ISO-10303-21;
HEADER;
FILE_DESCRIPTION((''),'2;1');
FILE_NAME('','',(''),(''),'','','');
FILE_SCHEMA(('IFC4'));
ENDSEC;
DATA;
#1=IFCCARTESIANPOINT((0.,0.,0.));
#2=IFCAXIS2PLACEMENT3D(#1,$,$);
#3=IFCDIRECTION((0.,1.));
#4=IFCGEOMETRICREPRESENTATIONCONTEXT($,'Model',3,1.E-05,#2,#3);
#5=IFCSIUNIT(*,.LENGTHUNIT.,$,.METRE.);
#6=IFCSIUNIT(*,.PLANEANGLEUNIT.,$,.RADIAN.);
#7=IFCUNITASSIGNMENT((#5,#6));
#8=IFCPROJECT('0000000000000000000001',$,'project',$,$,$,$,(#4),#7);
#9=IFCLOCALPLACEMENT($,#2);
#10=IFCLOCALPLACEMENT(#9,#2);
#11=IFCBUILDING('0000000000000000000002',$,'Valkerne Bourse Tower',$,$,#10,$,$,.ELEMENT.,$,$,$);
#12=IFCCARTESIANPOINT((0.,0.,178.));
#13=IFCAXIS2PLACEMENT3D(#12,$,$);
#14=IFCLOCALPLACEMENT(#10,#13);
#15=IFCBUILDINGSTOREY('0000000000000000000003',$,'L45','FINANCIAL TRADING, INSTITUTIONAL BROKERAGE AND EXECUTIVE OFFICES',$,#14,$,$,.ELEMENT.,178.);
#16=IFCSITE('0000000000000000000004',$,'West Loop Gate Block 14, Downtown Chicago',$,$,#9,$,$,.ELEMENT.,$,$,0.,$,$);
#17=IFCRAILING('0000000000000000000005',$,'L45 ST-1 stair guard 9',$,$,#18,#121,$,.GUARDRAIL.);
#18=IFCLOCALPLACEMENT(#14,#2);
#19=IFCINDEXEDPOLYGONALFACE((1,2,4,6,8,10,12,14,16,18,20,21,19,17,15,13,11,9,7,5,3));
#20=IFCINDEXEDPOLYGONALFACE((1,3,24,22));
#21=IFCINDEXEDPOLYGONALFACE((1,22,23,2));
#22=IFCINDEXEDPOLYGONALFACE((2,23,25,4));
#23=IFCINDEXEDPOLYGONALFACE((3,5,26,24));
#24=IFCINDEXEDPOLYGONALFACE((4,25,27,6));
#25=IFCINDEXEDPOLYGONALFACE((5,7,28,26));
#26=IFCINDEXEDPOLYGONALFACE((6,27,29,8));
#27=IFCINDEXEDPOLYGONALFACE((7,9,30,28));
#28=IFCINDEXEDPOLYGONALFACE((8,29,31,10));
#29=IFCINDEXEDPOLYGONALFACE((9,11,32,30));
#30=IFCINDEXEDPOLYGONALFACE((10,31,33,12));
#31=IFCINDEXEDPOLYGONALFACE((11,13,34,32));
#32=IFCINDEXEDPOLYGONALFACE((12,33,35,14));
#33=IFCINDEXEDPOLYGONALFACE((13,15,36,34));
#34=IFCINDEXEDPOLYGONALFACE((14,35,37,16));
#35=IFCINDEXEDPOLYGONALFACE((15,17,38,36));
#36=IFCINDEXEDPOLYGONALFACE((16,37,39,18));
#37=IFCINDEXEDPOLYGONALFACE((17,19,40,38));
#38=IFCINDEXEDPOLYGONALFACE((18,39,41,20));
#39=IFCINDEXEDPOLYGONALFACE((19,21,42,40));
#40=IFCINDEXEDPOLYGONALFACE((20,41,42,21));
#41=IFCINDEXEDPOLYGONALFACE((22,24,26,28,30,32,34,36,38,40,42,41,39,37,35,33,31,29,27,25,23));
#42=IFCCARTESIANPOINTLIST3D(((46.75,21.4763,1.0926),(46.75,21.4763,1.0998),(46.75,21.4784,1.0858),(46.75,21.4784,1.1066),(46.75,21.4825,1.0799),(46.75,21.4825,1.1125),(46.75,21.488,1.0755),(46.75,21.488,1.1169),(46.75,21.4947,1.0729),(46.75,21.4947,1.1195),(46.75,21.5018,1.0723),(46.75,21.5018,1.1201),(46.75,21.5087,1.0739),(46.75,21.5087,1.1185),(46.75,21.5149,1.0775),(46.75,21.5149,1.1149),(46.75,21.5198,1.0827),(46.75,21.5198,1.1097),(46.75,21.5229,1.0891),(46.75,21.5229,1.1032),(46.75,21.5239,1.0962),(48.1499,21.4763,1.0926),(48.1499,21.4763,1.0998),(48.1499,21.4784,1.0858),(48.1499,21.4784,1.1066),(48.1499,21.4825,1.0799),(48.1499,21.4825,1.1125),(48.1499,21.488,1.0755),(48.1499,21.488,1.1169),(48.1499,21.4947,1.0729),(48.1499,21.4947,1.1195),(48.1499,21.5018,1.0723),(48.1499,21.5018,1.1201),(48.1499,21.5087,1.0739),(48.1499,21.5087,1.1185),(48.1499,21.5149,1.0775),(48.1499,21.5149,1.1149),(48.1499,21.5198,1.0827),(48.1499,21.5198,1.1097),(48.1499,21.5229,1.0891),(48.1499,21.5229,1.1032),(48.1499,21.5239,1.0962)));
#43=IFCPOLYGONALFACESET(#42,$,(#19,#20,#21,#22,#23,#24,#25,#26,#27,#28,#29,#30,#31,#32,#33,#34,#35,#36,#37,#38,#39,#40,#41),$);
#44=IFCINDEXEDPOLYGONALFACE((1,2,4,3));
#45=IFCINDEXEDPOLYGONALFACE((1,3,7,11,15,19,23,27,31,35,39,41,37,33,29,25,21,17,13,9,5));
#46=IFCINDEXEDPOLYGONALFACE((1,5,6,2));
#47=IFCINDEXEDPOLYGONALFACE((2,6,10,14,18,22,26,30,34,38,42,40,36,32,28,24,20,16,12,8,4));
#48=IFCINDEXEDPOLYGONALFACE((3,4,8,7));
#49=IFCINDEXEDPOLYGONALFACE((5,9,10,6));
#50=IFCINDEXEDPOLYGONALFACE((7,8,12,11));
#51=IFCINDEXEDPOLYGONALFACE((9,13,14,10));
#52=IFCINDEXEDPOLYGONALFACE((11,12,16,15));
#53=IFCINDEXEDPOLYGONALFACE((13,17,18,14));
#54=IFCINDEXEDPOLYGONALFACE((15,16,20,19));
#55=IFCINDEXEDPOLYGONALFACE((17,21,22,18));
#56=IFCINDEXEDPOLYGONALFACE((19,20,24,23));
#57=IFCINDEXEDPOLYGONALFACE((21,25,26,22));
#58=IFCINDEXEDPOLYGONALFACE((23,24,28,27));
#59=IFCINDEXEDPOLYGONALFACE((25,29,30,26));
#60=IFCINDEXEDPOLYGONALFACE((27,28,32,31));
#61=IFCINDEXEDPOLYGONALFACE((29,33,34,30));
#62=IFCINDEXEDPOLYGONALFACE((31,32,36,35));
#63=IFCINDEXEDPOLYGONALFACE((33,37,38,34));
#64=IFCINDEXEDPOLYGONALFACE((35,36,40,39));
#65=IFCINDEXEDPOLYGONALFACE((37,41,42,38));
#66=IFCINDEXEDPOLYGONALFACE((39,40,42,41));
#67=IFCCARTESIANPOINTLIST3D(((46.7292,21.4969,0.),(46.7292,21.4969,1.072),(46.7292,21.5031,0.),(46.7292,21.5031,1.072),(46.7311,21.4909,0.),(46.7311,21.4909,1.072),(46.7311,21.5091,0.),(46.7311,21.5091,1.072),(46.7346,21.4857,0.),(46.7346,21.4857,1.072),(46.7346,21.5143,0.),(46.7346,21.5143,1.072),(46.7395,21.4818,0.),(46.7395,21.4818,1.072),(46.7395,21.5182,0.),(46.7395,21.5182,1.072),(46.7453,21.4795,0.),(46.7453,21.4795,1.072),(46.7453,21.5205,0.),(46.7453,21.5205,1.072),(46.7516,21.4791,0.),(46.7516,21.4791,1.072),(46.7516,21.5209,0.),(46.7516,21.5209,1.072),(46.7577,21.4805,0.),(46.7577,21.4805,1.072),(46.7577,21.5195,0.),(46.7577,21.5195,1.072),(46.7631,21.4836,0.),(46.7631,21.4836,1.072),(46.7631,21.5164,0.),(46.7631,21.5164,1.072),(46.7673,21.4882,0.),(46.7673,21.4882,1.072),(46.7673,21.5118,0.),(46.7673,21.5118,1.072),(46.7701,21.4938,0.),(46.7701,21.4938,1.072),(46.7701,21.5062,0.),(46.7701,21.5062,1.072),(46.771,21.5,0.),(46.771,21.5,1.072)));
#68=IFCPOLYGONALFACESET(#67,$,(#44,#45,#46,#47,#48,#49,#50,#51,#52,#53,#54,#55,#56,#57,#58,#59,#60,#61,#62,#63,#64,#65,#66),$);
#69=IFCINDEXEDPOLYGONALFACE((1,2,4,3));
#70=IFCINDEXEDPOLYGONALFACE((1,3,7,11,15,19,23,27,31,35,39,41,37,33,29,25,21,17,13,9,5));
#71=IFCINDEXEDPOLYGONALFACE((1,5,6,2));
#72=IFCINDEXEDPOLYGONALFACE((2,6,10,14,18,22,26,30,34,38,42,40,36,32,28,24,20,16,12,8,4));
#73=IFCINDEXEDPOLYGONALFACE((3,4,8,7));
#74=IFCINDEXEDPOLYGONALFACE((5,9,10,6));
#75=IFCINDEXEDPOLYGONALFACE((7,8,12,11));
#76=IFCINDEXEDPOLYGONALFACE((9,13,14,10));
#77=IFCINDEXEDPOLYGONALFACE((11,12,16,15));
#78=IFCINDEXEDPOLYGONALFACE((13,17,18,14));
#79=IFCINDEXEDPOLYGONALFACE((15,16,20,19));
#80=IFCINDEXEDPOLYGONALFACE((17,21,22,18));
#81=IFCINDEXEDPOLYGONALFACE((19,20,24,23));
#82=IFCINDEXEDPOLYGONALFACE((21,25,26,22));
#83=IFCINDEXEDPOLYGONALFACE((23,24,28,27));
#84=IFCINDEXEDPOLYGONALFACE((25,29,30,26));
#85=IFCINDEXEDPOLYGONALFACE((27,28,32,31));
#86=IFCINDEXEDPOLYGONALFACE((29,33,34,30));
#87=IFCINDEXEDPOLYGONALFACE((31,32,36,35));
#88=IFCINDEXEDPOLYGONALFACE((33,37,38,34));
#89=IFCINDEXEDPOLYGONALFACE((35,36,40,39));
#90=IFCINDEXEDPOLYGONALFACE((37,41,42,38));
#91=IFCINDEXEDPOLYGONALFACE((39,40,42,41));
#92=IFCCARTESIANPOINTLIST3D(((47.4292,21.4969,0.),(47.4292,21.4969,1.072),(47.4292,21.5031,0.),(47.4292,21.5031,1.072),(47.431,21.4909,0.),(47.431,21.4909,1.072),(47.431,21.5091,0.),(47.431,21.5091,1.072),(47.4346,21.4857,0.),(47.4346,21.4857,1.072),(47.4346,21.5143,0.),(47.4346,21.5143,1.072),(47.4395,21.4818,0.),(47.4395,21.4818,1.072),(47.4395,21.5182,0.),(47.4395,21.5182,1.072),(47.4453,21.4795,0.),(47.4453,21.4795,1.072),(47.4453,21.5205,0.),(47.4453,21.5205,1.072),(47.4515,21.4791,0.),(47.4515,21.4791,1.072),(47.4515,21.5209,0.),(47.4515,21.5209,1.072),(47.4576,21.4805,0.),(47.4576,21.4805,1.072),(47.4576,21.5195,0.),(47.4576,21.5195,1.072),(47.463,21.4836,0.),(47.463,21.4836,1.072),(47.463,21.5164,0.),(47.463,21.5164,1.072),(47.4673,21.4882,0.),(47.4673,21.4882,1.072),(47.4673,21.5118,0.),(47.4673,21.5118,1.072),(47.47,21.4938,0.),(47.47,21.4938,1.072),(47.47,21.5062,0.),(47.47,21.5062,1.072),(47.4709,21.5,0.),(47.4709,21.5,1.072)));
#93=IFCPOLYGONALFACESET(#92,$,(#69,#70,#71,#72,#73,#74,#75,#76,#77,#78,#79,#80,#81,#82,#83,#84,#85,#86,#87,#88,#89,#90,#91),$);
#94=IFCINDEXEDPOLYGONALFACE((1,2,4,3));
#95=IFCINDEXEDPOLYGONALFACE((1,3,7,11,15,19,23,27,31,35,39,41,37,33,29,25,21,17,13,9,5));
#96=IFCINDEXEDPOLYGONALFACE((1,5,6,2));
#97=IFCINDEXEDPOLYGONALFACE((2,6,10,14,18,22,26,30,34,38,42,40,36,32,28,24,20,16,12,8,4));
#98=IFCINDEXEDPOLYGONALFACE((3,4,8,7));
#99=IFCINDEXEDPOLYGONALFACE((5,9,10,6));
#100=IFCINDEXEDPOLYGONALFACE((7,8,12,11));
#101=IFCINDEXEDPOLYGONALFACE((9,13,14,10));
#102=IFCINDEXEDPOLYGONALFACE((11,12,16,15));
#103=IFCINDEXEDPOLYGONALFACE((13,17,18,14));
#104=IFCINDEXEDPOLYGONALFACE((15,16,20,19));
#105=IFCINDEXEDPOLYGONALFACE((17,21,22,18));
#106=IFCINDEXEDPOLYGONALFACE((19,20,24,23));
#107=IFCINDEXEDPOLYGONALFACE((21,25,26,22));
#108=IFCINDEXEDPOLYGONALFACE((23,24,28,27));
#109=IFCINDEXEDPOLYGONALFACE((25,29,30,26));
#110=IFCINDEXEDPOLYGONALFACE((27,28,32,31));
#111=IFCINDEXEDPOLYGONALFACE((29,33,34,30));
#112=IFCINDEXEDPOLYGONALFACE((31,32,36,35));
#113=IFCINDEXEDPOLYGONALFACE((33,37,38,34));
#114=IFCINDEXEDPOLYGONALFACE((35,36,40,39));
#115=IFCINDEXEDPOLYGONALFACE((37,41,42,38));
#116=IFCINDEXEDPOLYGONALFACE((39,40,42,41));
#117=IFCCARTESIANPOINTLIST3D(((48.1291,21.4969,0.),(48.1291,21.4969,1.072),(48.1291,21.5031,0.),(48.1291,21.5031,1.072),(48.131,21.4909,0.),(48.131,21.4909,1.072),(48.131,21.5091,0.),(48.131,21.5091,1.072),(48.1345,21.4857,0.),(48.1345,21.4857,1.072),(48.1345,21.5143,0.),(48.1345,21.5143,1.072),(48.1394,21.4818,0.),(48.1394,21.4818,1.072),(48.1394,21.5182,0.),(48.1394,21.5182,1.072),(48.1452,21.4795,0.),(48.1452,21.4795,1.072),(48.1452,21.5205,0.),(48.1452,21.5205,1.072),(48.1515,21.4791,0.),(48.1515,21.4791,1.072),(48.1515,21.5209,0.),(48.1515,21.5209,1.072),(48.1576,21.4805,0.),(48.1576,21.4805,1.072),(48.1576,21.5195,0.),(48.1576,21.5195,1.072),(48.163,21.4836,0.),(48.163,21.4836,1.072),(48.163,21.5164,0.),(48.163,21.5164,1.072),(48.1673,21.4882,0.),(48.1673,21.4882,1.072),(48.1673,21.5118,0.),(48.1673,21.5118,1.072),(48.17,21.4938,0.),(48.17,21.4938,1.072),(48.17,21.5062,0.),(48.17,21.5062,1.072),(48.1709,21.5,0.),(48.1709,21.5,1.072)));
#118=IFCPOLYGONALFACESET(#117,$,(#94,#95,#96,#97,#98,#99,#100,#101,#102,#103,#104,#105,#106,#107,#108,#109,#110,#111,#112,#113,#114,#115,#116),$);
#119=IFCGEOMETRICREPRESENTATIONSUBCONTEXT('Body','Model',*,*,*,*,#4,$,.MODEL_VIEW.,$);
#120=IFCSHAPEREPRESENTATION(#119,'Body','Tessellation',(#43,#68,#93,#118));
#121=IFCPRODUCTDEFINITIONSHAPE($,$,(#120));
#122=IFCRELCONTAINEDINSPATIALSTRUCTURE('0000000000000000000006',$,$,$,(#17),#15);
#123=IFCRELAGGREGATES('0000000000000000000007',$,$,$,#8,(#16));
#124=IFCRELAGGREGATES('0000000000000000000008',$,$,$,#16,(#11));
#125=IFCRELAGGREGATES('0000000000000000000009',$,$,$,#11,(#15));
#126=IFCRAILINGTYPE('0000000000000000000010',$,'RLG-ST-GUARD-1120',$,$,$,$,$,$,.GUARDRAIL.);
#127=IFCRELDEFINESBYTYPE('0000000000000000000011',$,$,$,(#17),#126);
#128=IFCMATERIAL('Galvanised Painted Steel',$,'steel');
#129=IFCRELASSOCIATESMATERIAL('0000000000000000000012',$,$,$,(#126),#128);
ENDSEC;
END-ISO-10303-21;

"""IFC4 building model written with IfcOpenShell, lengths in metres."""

from ifc_helpers import new_model, si_unit, direction, frame, origin, origin_2d, place, context, subcontext, project, spatial, circle, extrude, material, type_object, element, save


model = new_model("IFC4")

# Units and contexts
model_context = context("Model", 3, precision=1e-05, world=origin(), true_north=direction((0.0, 1.0)))
body_context = subcontext(model_context, "Body", "Model", "MODEL_VIEW")
ifc_project = project(units=[si_unit("LENGTHUNIT", "METRE"), si_unit("PLANEANGLEUNIT", "RADIAN")], contexts=[model_context])

# Site, building, storey
site_placement = place(None, origin())
site = spatial("IfcSite", under=ifc_project, at=site_placement, Name="West Loop Gate Block 14, Downtown Chicago", CompositionType="ELEMENT", RefElevation=0.0)
building_placement = place(site_placement, origin())
building = spatial("IfcBuilding", under=site, at=building_placement, Name="Valkerne Bourse Tower", CompositionType="ELEMENT")
storey_placement = place(building_placement, frame((0.0, 0.0, 178.0)))
storey = spatial("IfcBuildingStorey", under=building, at=storey_placement, Name="L45", Description="FINANCIAL TRADING, INSTITUTIONAL BROKERAGE AND EXECUTIVE OFFICES", CompositionType="ELEMENT", Elevation=178.0)

# Shared definitions
ifc_material_1 = material(Name="Galvanised Painted Steel", Category="steel")

# Railing
railing_type_1 = type_object("IfcRailingType", Name="RLG-ST-GUARD-1120", PredefinedType="GUARDRAIL", material=ifc_material_1)
for number, where, name in (
    (1, (46.75, 21.5, 0.0), "L45 ST-1 stair guard 9"),
):
    element("IfcRailing", number, at=place(storey_placement, frame(where)), inside=storey, type_object=railing_type_1, Name=name, PredefinedType="GUARDRAIL", context=body_context, shape_type="SweptSolid", body=[
        extrude(circle(Radius=0.0239, at=origin_2d()), frame((0.0, 0.0, 1.0962), z_axis=(1.0, 0.0, 0.0), x_axis=(0.0, 1.0, 0.0)), (0.0, 0.0, 1.0), 1.3999),
        extrude(circle(Radius=0.021, at=origin_2d()), origin(), (0.0, 0.0, 1.0), 1.072),
        extrude(circle(Radius=0.021, at=origin_2d()), frame((0.7, 0.0, 0.0)), (0.0, 0.0, 1.0), 1.072),
        extrude(circle(Radius=0.021, at=origin_2d()), frame((1.3999, 0.0, 0.0)), (0.0, 0.0, 1.0), 1.072),
    ])

save(model, "model.ifc")
